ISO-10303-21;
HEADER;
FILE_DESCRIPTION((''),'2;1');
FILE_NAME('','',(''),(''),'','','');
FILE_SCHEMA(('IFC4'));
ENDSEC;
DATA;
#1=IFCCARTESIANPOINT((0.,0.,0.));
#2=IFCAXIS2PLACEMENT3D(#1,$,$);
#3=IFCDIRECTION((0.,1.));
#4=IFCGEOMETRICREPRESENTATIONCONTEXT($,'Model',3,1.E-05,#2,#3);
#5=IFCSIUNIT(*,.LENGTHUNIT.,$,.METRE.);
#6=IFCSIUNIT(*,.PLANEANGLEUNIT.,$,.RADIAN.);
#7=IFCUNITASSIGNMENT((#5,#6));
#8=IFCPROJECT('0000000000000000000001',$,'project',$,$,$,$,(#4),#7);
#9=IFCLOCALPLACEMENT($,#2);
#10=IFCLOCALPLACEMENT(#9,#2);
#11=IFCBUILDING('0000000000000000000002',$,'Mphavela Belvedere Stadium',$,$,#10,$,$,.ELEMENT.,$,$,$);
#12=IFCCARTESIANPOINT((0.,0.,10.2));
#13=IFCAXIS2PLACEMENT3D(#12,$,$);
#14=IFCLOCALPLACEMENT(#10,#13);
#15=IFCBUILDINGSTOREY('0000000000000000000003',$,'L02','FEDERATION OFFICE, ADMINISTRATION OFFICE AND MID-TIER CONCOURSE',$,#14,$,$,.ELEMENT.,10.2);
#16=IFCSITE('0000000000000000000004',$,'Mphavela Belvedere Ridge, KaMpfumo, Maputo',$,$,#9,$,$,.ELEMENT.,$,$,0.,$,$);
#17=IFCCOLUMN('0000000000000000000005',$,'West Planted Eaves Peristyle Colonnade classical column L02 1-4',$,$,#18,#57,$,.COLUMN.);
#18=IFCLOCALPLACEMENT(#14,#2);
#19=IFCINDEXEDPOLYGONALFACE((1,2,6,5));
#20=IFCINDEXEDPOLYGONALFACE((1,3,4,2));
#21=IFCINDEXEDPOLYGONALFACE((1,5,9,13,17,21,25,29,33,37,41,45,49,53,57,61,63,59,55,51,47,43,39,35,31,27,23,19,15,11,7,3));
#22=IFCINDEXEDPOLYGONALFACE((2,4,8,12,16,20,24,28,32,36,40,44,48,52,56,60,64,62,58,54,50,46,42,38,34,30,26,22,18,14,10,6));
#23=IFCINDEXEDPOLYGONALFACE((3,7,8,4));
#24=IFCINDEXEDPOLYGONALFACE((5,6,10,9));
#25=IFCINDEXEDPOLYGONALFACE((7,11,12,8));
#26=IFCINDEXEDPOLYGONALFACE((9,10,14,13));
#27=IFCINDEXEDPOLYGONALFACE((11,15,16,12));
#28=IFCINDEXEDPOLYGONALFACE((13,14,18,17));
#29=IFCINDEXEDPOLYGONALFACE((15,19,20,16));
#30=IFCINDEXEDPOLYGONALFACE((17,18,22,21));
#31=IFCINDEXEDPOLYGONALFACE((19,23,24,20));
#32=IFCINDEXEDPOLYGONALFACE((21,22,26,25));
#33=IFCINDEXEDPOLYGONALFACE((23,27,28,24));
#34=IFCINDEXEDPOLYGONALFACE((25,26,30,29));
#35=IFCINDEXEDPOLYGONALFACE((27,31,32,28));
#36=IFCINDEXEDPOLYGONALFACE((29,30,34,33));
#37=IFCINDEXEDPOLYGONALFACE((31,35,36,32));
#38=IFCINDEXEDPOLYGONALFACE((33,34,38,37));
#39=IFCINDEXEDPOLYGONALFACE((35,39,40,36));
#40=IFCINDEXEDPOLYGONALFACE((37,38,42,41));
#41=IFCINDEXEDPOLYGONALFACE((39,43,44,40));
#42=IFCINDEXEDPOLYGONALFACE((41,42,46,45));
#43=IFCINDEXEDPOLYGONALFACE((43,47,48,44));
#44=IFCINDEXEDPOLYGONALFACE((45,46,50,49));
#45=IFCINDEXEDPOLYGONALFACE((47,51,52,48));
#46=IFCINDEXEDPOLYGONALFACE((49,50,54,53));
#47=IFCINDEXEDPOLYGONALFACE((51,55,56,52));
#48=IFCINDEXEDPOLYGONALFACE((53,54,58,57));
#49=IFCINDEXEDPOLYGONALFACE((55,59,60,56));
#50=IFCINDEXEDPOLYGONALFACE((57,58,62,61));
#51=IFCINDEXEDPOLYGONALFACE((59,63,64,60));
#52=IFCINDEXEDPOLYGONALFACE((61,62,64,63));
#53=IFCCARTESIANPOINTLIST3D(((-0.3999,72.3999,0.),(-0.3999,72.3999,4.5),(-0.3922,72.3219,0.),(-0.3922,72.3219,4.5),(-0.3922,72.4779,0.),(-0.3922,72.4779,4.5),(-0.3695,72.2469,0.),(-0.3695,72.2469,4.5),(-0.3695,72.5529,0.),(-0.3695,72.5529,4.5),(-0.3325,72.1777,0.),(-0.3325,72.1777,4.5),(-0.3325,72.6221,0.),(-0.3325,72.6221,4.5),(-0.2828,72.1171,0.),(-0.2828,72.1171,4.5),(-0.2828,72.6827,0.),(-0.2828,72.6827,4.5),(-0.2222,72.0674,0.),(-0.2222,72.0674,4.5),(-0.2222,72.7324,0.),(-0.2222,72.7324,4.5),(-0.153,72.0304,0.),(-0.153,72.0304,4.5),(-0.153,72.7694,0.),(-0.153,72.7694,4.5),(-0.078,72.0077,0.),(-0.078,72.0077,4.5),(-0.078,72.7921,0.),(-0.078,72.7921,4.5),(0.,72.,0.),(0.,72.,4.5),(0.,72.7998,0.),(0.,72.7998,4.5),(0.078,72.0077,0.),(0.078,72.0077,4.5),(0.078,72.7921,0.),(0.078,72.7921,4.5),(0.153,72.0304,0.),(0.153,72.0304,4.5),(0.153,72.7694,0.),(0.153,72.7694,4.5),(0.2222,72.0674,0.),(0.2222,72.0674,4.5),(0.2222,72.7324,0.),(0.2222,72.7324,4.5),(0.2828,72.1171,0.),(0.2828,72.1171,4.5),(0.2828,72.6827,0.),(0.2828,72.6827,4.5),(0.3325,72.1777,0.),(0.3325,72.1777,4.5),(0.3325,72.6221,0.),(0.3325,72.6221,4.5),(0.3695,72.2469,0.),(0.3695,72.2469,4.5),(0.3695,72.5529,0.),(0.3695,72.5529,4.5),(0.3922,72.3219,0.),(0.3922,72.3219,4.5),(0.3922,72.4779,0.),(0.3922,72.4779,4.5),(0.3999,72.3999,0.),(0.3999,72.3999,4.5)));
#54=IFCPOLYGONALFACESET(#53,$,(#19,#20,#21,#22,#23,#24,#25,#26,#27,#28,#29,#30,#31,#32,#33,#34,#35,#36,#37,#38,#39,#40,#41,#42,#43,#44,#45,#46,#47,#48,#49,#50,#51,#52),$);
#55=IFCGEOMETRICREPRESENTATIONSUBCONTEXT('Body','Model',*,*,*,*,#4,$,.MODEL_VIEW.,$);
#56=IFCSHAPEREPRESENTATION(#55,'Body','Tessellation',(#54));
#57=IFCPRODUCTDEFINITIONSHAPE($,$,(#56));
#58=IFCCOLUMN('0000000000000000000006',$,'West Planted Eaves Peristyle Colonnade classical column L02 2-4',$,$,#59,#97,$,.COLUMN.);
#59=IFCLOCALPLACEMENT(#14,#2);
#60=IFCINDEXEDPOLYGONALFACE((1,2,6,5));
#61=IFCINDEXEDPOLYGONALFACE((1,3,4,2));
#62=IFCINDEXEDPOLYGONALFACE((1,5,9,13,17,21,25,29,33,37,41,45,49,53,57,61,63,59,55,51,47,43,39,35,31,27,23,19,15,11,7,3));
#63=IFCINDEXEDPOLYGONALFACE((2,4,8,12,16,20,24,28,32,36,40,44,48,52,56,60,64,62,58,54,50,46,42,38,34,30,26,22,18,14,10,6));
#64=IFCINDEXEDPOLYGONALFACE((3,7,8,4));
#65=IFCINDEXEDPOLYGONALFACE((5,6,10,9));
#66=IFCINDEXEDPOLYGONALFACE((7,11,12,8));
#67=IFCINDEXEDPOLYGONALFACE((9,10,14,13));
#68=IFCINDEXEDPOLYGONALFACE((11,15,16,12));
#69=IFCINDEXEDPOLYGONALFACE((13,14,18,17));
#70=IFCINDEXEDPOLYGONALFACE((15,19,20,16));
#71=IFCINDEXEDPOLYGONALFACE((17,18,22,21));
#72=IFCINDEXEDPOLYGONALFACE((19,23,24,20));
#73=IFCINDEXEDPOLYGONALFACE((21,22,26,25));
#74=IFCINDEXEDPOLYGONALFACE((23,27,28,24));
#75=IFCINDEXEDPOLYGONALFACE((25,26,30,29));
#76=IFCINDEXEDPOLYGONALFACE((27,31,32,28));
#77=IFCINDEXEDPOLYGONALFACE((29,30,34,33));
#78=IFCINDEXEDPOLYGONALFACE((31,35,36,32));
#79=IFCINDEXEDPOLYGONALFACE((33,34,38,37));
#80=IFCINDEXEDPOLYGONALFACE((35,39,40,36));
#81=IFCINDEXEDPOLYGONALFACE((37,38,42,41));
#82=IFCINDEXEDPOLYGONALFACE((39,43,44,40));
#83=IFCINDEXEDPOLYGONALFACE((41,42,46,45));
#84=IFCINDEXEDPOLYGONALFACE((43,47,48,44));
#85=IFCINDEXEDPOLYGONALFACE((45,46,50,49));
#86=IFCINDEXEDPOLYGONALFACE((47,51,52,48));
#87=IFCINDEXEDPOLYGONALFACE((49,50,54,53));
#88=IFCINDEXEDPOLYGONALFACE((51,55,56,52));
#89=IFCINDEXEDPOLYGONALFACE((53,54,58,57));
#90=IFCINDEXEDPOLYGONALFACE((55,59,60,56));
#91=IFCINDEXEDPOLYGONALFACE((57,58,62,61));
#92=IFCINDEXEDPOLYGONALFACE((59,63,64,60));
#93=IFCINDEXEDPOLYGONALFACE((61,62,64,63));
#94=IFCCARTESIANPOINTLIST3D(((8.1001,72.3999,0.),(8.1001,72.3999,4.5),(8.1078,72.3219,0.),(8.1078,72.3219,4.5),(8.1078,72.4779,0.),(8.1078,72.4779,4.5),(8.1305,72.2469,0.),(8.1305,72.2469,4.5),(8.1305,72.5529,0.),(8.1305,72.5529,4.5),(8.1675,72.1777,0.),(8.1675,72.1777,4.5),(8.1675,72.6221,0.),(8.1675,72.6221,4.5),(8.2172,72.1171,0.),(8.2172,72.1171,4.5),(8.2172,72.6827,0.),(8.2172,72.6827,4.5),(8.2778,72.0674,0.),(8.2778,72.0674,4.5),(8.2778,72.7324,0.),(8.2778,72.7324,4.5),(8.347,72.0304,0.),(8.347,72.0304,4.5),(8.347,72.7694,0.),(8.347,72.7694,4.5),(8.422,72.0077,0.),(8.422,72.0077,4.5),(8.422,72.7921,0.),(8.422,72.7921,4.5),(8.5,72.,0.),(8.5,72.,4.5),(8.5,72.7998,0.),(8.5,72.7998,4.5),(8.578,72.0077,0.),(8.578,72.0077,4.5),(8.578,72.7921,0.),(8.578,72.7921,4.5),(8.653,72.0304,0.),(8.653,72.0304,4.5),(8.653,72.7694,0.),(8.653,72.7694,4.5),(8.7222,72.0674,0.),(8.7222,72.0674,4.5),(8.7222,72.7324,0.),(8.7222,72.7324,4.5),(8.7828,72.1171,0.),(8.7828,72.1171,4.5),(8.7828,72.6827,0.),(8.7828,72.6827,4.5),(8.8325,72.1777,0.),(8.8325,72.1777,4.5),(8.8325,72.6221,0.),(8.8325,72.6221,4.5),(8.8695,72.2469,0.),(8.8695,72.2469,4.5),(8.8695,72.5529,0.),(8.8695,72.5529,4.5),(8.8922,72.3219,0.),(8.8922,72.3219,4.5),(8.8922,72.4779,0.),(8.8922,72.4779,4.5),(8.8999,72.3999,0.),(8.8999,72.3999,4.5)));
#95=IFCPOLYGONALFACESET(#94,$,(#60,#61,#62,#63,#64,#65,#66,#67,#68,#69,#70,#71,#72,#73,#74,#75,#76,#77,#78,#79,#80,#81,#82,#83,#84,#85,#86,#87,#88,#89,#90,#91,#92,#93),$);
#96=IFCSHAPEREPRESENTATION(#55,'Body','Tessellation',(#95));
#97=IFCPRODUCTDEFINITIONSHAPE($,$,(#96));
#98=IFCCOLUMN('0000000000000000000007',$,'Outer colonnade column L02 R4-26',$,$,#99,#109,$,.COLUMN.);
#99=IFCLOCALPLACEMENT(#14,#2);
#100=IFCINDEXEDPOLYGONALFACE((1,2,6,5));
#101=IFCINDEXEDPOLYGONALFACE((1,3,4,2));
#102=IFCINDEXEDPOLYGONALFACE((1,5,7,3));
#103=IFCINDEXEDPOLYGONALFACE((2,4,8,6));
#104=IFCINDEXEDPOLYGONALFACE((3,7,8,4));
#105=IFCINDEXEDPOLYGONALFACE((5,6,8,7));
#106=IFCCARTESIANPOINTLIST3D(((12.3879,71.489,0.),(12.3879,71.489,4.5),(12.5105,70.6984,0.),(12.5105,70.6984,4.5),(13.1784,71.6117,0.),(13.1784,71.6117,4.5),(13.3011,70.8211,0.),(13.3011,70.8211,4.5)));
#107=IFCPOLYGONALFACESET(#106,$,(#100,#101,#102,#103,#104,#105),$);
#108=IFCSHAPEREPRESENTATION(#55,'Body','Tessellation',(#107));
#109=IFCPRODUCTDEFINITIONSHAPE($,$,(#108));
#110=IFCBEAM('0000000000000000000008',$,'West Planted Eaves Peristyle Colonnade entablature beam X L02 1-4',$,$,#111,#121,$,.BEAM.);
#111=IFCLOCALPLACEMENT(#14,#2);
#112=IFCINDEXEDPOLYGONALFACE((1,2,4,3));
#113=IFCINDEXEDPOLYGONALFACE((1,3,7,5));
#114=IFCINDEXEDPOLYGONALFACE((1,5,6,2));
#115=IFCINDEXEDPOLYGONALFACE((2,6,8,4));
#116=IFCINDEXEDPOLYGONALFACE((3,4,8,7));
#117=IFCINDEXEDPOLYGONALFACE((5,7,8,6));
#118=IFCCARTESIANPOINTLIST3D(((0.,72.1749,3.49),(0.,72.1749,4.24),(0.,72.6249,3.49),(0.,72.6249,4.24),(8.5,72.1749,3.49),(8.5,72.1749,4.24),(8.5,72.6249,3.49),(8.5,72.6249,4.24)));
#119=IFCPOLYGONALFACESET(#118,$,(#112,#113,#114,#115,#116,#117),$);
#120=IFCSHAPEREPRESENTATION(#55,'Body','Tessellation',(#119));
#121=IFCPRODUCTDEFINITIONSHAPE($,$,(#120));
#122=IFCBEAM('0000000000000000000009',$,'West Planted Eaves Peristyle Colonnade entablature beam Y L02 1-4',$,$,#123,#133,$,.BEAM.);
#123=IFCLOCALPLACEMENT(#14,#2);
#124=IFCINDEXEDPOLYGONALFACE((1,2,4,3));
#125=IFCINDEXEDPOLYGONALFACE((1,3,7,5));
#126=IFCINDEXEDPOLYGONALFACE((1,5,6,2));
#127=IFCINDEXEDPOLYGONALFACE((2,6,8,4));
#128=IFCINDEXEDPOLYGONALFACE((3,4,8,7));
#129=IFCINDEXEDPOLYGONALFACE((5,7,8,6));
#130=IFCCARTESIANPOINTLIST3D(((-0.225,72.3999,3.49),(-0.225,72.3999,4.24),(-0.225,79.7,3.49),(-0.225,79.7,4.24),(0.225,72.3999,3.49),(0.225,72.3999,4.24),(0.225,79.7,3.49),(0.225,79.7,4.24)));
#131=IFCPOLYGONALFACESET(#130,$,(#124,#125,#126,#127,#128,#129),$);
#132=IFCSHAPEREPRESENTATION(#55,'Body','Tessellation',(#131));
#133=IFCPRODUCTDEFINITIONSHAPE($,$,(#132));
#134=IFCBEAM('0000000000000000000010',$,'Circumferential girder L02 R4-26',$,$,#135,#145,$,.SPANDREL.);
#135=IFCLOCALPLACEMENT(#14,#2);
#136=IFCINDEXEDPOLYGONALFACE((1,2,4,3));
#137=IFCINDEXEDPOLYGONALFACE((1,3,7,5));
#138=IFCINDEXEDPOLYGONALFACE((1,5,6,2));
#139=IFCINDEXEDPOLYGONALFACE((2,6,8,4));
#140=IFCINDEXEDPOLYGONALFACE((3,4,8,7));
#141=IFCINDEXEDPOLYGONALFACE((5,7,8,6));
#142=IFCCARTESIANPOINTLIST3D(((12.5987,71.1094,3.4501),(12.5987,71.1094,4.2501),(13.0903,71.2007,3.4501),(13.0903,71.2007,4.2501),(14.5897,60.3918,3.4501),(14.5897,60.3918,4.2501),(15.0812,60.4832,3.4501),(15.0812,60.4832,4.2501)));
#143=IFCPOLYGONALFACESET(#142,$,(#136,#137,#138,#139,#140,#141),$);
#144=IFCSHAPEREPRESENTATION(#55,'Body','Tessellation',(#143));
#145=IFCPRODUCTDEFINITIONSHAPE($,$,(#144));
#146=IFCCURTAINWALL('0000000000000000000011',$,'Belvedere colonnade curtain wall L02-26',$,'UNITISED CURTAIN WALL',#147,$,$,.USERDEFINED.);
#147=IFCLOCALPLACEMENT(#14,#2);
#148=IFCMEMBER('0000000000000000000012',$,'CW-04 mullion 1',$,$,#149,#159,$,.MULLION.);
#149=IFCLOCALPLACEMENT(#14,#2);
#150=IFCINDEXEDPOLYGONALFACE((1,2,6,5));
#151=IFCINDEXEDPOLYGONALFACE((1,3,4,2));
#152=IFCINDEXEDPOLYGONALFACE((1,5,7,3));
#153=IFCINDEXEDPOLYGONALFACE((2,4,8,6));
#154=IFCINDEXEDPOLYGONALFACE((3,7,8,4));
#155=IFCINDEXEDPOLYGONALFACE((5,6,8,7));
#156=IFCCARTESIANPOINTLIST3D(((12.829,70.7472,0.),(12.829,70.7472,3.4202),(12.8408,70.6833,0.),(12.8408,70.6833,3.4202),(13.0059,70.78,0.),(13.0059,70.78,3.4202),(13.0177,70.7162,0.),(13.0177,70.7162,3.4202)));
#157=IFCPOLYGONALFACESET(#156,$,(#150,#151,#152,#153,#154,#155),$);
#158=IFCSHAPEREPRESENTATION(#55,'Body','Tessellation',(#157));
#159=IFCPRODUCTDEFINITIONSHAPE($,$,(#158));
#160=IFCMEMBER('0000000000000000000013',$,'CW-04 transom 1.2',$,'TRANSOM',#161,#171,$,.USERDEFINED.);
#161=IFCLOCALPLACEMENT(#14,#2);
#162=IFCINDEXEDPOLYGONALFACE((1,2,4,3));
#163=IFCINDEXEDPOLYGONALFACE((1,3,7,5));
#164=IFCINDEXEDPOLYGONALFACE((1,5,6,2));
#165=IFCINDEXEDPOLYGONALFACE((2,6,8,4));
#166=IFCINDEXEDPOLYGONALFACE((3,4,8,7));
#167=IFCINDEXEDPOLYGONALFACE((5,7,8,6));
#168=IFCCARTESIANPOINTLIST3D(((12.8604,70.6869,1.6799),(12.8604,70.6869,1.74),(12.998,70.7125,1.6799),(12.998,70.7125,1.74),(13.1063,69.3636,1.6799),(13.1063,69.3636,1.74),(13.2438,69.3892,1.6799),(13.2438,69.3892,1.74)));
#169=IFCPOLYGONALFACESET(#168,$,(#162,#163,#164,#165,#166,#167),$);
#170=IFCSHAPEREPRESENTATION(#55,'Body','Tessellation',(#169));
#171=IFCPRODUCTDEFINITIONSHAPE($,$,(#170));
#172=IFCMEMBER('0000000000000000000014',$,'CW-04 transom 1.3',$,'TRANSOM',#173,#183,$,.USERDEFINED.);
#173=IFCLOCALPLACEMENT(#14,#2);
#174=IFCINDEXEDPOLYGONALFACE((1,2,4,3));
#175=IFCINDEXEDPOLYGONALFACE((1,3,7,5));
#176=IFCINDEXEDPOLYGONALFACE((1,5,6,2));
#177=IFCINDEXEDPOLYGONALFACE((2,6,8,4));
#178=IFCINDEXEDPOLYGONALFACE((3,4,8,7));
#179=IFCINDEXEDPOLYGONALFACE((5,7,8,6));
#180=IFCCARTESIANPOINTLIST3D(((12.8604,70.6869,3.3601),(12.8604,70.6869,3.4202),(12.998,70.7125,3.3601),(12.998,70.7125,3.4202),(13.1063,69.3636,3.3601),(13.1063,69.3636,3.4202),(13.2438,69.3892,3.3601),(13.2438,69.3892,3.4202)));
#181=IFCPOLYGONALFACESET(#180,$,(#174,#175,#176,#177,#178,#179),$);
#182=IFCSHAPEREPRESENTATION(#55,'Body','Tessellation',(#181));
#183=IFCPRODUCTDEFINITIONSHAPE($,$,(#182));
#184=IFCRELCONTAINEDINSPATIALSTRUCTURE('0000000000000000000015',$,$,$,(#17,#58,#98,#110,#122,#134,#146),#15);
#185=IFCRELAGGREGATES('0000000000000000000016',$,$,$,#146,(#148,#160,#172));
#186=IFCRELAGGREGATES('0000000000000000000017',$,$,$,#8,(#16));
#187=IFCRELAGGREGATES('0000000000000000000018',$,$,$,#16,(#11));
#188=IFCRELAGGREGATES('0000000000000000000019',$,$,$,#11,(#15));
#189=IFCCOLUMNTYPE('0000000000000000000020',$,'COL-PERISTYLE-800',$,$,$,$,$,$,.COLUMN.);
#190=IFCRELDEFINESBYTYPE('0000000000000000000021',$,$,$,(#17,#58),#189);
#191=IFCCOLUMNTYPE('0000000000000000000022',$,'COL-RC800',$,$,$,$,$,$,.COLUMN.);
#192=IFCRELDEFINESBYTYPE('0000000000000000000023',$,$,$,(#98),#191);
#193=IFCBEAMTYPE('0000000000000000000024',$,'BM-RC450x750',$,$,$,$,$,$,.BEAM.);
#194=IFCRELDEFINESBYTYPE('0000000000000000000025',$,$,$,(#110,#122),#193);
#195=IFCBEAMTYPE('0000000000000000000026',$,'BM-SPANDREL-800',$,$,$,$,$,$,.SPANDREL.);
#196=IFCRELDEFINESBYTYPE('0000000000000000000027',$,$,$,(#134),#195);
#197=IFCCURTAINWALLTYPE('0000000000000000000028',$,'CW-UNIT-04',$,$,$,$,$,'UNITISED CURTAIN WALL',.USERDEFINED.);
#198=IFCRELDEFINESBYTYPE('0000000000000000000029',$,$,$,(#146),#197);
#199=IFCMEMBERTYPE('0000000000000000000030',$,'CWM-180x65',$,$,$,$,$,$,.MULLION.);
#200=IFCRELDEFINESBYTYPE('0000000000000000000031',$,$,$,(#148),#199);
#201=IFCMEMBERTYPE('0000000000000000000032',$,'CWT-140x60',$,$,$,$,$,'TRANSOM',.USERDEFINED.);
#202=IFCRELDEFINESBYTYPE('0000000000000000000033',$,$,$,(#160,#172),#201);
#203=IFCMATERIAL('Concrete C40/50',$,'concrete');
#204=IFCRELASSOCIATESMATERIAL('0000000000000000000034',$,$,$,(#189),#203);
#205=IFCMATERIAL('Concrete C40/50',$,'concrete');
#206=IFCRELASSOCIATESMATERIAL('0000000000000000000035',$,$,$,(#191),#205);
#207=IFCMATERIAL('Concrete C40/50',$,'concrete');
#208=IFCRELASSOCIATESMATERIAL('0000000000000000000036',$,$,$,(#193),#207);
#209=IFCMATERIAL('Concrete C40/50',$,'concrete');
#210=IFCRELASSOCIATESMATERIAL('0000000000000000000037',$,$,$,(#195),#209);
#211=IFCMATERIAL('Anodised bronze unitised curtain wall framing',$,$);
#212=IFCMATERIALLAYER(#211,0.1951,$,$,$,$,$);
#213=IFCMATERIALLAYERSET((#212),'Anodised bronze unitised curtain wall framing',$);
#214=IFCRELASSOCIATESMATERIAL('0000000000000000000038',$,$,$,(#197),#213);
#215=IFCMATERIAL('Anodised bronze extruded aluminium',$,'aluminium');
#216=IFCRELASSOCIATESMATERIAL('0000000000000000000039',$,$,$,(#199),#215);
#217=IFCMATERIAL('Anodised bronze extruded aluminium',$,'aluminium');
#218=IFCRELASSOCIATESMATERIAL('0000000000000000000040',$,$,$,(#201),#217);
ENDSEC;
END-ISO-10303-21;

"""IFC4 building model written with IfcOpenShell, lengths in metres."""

from ifc_helpers import new_model, si_unit, direction, frame, origin, origin_2d, place, context, subcontext, project, spatial, rectangle, circle, extrude, material, layer, layer_set, material_profile, profile_set, type_object, element, aggregate, save


model = new_model("IFC4")

# Units and contexts
model_context = context("Model", 3, precision=1e-05, world=origin(), true_north=direction((0.0, 1.0)))
body_context = subcontext(model_context, "Body", "Model", "MODEL_VIEW")
ifc_project = project(units=[si_unit("LENGTHUNIT", "METRE"), si_unit("PLANEANGLEUNIT", "RADIAN")], contexts=[model_context])

# Site, building, storey
site_placement = place(None, origin())
site = spatial("IfcSite", under=ifc_project, at=site_placement, Name="Mphavela Belvedere Ridge, KaMpfumo, Maputo", CompositionType="ELEMENT", RefElevation=0.0)
building_placement = place(site_placement, origin())
building = spatial("IfcBuilding", under=site, at=building_placement, Name="Mphavela Belvedere Stadium", CompositionType="ELEMENT")
storey_placement = place(building_placement, frame((0.0, 0.0, 10.2)))
storey = spatial("IfcBuildingStorey", under=building, at=storey_placement, Name="L02", Description="FEDERATION OFFICE, ADMINISTRATION OFFICE AND MID-TIER CONCOURSE", CompositionType="ELEMENT", Elevation=10.2)

# Columns
ifc_material_1 = material(Name="Concrete C40/50", Category="concrete")
ifc_material_profile_1 = material_profile(ifc_material_1, circle(Radius=0.3999, at=origin_2d()), Name="COL D800")
ifc_profile_set_1 = profile_set([ifc_material_profile_1], Name="Concrete C40/50")
column_type_1 = type_object("IfcColumnType", Name="COL-PERISTYLE-800", PredefinedType="COLUMN", material=ifc_profile_set_1)
for number, where, z_axis, x_axis, name in (
    (1, (0.0, 72.3999, 0.0), (0.0, 0.0, 1.0), (1.0, 0.0, 0.0), "West Planted Eaves Peristyle Colonnade classical column L02 1-4"),
    (2, (8.5, 72.3999, 0.0), (0.0, 0.0, 1.0), (1.0, 0.0, 0.0), "West Planted Eaves Peristyle Colonnade classical column L02 2-4"),
):
    element("IfcColumn", number, at=place(storey_placement, frame(where, z_axis=z_axis, x_axis=x_axis)), inside=storey, type_object=column_type_1, Name=name, PredefinedType="COLUMN", context=body_context, shape_type="SweptSolid", body=[
        extrude(circle(Radius=0.3999, at=origin_2d()), origin(), (0.0, 0.0, 1.0), 4.5),
    ])
ifc_material_2 = material(Name="Concrete C40/50", Category="concrete")
ifc_material_profile_2 = material_profile(ifc_material_2, rectangle(XDim=0.8, YDim=0.8, at=origin_2d()), Name="RC 800x800")
ifc_profile_set_2 = profile_set([ifc_material_profile_2], Name="Concrete C40/50")
column_type_2 = type_object("IfcColumnType", Name="COL-RC800", PredefinedType="COLUMN", material=ifc_profile_set_2)
column_placement = place(storey_placement, frame((12.8445, 71.155, 0.0), z_axis=(0.0, 0.0, 1.0), x_axis=(-0.988175, -0.153331, 0.0)))
element("IfcColumn", 3, at=column_placement, inside=storey, type_object=column_type_2, Name="Outer colonnade column L02 R4-26", PredefinedType="COLUMN", context=body_context, shape_type="SweptSolid", body=[
    extrude(rectangle(XDim=0.8, YDim=0.8, at=origin_2d()), origin(), (0.0, 0.0, 1.0), 4.5),
])

# Beams
ifc_material_3 = material(Name="Concrete C40/50", Category="concrete")
ifc_material_profile_3 = material_profile(ifc_material_3, rectangle(XDim=0.45, YDim=0.75, at=origin_2d()), Name="RC 450x750")
ifc_profile_set_3 = profile_set([ifc_material_profile_3], Name="Concrete C40/50")
beam_type_1 = type_object("IfcBeamType", Name="BM-RC450x750", PredefinedType="BEAM", material=ifc_profile_set_3)
beam_1_placement = place(storey_placement, frame((0.0, 72.3999, 3.865), z_axis=(1.0, 0.0, 0.0), x_axis=(0.0, 1.0, 0.0)))
element("IfcBeam", 4, at=beam_1_placement, inside=storey, type_object=beam_type_1, Name="West Planted Eaves Peristyle Colonnade entablature beam X L02 1-4", PredefinedType="BEAM", context=body_context, shape_type="SweptSolid", body=[
    extrude(rectangle(XDim=0.45, YDim=0.75, at=origin_2d()), origin(), (0.0, 0.0, 1.0), 8.5),
])
beam_2_placement = place(storey_placement, frame((0.0, 72.3999, 3.865), z_axis=(0.0, 1.0, 0.0), x_axis=(-1.0, 0.0, 0.0)))
element("IfcBeam", 5, at=beam_2_placement, inside=storey, type_object=beam_type_1, Name="West Planted Eaves Peristyle Colonnade entablature beam Y L02 1-4", PredefinedType="BEAM", context=body_context, shape_type="SweptSolid", body=[
    extrude(rectangle(XDim=0.45, YDim=0.75, at=origin_2d()), origin(), (0.0, 0.0, 1.0), 7.3),
])
ifc_material_4 = material(Name="Concrete C40/50", Category="concrete")
ifc_material_profile_4 = material_profile(ifc_material_4, rectangle(XDim=0.5, YDim=0.8, at=origin_2d()), Name="RC 500x800")
ifc_profile_set_4 = profile_set([ifc_material_profile_4], Name="Concrete C40/50")
beam_type_2 = type_object("IfcBeamType", Name="BM-SPANDREL-800", PredefinedType="SPANDREL", material=ifc_profile_set_4)
beam_3_placement = place(storey_placement, frame((12.8445, 71.155, 3.8501), z_axis=(0.182643, -0.983179, 0.0), x_axis=(0.983179, 0.182643, 0.0)))
element("IfcBeam", 6, at=beam_3_placement, inside=storey, type_object=beam_type_2, Name="Circumferential girder L02 R4-26", PredefinedType="SPANDREL", context=body_context, shape_type="SweptSolid", body=[
    extrude(rectangle(XDim=0.5, YDim=0.8, at=origin_2d()), origin(), (0.0, 0.0, 1.0), 10.9009),
])

# Curtain wall, members
ifc_material_5 = material(Name="Anodised bronze unitised curtain wall framing")
ifc_layer_1 = layer(ifc_material_5, 0.1951)
ifc_layer_set_1 = layer_set([ifc_layer_1], Name="Anodised bronze unitised curtain wall framing")
curtain_wall_type = type_object("IfcCurtainWallType", Name="CW-UNIT-04", ElementType="UNITISED CURTAIN WALL", PredefinedType="USERDEFINED", material=ifc_layer_set_1)
curtain_wall_placement = place(storey_placement, origin())
curtain_wall = element("IfcCurtainWall", 7, at=curtain_wall_placement, inside=storey, type_object=curtain_wall_type, Name="Belvedere colonnade curtain wall L02-26", ObjectType="UNITISED CURTAIN WALL", PredefinedType="USERDEFINED")
ifc_material_6 = material(Name="Anodised bronze extruded aluminium", Category="aluminium")
ifc_material_profile_5 = material_profile(ifc_material_6, rectangle(XDim=0.1799, YDim=0.0649, at=origin_2d()), Name="CW-MUL 180x65")
ifc_profile_set_5 = profile_set([ifc_material_profile_5], Name="Anodised bronze extruded aluminium")
member_type_1 = type_object("IfcMemberType", Name="CWM-180x65", PredefinedType="MULLION", material=ifc_profile_set_5)
member_1_placement = place(storey_placement, frame((12.9233, 70.7317, 0.0), z_axis=(0.0, 0.0, 1.0), x_axis=(0.983183, 0.182625, 0.0)))
member_1 = element("IfcMember", 8, at=member_1_placement, type_object=member_type_1, Name="CW-04 mullion 1", PredefinedType="MULLION", context=body_context, shape_type="SweptSolid", body=[
    extrude(rectangle(XDim=0.1799, YDim=0.0649, at=origin_2d()), origin(), (0.0, 0.0, 1.0), 3.4202),
])
ifc_material_7 = material(Name="Anodised bronze extruded aluminium", Category="aluminium")
ifc_material_profile_6 = material_profile(ifc_material_7, rectangle(XDim=0.1399, YDim=0.0601, at=origin_2d()), Name="CW-TRN 140x60")
ifc_profile_set_6 = profile_set([ifc_material_profile_6], Name="Anodised bronze extruded aluminium")
member_type_2 = type_object("IfcMemberType", Name="CWT-140x60", ElementType="TRANSOM", PredefinedType="USERDEFINED", material=ifc_profile_set_6)
member_2_placement = place(storey_placement, frame((12.9292, 70.6997, 1.71), z_axis=(0.182667, -0.983175, 0.0), x_axis=(0.983175, 0.182667, 0.0)))
member_2 = element("IfcMember", 9, at=member_2_placement, type_object=member_type_2, Name="CW-04 transom 1.2", ObjectType="TRANSOM", PredefinedType="USERDEFINED", context=body_context, shape_type="SweptSolid", body=[
    extrude(rectangle(XDim=0.1399, YDim=0.0601, at=origin_2d()), origin(), (0.0, 0.0, 1.0), 1.3459),
])
member_3_placement = place(storey_placement, frame((12.9292, 70.6997, 3.3901), z_axis=(0.182667, -0.983175, 0.0), x_axis=(0.983175, 0.182667, 0.0)))
member_3 = element("IfcMember", 10, at=member_3_placement, type_object=member_type_2, Name="CW-04 transom 1.3", ObjectType="TRANSOM", PredefinedType="USERDEFINED", context=body_context, shape_type="SweptSolid", body=[
    extrude(rectangle(XDim=0.1399, YDim=0.0601, at=origin_2d()), origin(), (0.0, 0.0, 1.0), 1.3459),
])
aggregate(curtain_wall, [member_1, member_2, member_3])

save(model, "model.ifc")
